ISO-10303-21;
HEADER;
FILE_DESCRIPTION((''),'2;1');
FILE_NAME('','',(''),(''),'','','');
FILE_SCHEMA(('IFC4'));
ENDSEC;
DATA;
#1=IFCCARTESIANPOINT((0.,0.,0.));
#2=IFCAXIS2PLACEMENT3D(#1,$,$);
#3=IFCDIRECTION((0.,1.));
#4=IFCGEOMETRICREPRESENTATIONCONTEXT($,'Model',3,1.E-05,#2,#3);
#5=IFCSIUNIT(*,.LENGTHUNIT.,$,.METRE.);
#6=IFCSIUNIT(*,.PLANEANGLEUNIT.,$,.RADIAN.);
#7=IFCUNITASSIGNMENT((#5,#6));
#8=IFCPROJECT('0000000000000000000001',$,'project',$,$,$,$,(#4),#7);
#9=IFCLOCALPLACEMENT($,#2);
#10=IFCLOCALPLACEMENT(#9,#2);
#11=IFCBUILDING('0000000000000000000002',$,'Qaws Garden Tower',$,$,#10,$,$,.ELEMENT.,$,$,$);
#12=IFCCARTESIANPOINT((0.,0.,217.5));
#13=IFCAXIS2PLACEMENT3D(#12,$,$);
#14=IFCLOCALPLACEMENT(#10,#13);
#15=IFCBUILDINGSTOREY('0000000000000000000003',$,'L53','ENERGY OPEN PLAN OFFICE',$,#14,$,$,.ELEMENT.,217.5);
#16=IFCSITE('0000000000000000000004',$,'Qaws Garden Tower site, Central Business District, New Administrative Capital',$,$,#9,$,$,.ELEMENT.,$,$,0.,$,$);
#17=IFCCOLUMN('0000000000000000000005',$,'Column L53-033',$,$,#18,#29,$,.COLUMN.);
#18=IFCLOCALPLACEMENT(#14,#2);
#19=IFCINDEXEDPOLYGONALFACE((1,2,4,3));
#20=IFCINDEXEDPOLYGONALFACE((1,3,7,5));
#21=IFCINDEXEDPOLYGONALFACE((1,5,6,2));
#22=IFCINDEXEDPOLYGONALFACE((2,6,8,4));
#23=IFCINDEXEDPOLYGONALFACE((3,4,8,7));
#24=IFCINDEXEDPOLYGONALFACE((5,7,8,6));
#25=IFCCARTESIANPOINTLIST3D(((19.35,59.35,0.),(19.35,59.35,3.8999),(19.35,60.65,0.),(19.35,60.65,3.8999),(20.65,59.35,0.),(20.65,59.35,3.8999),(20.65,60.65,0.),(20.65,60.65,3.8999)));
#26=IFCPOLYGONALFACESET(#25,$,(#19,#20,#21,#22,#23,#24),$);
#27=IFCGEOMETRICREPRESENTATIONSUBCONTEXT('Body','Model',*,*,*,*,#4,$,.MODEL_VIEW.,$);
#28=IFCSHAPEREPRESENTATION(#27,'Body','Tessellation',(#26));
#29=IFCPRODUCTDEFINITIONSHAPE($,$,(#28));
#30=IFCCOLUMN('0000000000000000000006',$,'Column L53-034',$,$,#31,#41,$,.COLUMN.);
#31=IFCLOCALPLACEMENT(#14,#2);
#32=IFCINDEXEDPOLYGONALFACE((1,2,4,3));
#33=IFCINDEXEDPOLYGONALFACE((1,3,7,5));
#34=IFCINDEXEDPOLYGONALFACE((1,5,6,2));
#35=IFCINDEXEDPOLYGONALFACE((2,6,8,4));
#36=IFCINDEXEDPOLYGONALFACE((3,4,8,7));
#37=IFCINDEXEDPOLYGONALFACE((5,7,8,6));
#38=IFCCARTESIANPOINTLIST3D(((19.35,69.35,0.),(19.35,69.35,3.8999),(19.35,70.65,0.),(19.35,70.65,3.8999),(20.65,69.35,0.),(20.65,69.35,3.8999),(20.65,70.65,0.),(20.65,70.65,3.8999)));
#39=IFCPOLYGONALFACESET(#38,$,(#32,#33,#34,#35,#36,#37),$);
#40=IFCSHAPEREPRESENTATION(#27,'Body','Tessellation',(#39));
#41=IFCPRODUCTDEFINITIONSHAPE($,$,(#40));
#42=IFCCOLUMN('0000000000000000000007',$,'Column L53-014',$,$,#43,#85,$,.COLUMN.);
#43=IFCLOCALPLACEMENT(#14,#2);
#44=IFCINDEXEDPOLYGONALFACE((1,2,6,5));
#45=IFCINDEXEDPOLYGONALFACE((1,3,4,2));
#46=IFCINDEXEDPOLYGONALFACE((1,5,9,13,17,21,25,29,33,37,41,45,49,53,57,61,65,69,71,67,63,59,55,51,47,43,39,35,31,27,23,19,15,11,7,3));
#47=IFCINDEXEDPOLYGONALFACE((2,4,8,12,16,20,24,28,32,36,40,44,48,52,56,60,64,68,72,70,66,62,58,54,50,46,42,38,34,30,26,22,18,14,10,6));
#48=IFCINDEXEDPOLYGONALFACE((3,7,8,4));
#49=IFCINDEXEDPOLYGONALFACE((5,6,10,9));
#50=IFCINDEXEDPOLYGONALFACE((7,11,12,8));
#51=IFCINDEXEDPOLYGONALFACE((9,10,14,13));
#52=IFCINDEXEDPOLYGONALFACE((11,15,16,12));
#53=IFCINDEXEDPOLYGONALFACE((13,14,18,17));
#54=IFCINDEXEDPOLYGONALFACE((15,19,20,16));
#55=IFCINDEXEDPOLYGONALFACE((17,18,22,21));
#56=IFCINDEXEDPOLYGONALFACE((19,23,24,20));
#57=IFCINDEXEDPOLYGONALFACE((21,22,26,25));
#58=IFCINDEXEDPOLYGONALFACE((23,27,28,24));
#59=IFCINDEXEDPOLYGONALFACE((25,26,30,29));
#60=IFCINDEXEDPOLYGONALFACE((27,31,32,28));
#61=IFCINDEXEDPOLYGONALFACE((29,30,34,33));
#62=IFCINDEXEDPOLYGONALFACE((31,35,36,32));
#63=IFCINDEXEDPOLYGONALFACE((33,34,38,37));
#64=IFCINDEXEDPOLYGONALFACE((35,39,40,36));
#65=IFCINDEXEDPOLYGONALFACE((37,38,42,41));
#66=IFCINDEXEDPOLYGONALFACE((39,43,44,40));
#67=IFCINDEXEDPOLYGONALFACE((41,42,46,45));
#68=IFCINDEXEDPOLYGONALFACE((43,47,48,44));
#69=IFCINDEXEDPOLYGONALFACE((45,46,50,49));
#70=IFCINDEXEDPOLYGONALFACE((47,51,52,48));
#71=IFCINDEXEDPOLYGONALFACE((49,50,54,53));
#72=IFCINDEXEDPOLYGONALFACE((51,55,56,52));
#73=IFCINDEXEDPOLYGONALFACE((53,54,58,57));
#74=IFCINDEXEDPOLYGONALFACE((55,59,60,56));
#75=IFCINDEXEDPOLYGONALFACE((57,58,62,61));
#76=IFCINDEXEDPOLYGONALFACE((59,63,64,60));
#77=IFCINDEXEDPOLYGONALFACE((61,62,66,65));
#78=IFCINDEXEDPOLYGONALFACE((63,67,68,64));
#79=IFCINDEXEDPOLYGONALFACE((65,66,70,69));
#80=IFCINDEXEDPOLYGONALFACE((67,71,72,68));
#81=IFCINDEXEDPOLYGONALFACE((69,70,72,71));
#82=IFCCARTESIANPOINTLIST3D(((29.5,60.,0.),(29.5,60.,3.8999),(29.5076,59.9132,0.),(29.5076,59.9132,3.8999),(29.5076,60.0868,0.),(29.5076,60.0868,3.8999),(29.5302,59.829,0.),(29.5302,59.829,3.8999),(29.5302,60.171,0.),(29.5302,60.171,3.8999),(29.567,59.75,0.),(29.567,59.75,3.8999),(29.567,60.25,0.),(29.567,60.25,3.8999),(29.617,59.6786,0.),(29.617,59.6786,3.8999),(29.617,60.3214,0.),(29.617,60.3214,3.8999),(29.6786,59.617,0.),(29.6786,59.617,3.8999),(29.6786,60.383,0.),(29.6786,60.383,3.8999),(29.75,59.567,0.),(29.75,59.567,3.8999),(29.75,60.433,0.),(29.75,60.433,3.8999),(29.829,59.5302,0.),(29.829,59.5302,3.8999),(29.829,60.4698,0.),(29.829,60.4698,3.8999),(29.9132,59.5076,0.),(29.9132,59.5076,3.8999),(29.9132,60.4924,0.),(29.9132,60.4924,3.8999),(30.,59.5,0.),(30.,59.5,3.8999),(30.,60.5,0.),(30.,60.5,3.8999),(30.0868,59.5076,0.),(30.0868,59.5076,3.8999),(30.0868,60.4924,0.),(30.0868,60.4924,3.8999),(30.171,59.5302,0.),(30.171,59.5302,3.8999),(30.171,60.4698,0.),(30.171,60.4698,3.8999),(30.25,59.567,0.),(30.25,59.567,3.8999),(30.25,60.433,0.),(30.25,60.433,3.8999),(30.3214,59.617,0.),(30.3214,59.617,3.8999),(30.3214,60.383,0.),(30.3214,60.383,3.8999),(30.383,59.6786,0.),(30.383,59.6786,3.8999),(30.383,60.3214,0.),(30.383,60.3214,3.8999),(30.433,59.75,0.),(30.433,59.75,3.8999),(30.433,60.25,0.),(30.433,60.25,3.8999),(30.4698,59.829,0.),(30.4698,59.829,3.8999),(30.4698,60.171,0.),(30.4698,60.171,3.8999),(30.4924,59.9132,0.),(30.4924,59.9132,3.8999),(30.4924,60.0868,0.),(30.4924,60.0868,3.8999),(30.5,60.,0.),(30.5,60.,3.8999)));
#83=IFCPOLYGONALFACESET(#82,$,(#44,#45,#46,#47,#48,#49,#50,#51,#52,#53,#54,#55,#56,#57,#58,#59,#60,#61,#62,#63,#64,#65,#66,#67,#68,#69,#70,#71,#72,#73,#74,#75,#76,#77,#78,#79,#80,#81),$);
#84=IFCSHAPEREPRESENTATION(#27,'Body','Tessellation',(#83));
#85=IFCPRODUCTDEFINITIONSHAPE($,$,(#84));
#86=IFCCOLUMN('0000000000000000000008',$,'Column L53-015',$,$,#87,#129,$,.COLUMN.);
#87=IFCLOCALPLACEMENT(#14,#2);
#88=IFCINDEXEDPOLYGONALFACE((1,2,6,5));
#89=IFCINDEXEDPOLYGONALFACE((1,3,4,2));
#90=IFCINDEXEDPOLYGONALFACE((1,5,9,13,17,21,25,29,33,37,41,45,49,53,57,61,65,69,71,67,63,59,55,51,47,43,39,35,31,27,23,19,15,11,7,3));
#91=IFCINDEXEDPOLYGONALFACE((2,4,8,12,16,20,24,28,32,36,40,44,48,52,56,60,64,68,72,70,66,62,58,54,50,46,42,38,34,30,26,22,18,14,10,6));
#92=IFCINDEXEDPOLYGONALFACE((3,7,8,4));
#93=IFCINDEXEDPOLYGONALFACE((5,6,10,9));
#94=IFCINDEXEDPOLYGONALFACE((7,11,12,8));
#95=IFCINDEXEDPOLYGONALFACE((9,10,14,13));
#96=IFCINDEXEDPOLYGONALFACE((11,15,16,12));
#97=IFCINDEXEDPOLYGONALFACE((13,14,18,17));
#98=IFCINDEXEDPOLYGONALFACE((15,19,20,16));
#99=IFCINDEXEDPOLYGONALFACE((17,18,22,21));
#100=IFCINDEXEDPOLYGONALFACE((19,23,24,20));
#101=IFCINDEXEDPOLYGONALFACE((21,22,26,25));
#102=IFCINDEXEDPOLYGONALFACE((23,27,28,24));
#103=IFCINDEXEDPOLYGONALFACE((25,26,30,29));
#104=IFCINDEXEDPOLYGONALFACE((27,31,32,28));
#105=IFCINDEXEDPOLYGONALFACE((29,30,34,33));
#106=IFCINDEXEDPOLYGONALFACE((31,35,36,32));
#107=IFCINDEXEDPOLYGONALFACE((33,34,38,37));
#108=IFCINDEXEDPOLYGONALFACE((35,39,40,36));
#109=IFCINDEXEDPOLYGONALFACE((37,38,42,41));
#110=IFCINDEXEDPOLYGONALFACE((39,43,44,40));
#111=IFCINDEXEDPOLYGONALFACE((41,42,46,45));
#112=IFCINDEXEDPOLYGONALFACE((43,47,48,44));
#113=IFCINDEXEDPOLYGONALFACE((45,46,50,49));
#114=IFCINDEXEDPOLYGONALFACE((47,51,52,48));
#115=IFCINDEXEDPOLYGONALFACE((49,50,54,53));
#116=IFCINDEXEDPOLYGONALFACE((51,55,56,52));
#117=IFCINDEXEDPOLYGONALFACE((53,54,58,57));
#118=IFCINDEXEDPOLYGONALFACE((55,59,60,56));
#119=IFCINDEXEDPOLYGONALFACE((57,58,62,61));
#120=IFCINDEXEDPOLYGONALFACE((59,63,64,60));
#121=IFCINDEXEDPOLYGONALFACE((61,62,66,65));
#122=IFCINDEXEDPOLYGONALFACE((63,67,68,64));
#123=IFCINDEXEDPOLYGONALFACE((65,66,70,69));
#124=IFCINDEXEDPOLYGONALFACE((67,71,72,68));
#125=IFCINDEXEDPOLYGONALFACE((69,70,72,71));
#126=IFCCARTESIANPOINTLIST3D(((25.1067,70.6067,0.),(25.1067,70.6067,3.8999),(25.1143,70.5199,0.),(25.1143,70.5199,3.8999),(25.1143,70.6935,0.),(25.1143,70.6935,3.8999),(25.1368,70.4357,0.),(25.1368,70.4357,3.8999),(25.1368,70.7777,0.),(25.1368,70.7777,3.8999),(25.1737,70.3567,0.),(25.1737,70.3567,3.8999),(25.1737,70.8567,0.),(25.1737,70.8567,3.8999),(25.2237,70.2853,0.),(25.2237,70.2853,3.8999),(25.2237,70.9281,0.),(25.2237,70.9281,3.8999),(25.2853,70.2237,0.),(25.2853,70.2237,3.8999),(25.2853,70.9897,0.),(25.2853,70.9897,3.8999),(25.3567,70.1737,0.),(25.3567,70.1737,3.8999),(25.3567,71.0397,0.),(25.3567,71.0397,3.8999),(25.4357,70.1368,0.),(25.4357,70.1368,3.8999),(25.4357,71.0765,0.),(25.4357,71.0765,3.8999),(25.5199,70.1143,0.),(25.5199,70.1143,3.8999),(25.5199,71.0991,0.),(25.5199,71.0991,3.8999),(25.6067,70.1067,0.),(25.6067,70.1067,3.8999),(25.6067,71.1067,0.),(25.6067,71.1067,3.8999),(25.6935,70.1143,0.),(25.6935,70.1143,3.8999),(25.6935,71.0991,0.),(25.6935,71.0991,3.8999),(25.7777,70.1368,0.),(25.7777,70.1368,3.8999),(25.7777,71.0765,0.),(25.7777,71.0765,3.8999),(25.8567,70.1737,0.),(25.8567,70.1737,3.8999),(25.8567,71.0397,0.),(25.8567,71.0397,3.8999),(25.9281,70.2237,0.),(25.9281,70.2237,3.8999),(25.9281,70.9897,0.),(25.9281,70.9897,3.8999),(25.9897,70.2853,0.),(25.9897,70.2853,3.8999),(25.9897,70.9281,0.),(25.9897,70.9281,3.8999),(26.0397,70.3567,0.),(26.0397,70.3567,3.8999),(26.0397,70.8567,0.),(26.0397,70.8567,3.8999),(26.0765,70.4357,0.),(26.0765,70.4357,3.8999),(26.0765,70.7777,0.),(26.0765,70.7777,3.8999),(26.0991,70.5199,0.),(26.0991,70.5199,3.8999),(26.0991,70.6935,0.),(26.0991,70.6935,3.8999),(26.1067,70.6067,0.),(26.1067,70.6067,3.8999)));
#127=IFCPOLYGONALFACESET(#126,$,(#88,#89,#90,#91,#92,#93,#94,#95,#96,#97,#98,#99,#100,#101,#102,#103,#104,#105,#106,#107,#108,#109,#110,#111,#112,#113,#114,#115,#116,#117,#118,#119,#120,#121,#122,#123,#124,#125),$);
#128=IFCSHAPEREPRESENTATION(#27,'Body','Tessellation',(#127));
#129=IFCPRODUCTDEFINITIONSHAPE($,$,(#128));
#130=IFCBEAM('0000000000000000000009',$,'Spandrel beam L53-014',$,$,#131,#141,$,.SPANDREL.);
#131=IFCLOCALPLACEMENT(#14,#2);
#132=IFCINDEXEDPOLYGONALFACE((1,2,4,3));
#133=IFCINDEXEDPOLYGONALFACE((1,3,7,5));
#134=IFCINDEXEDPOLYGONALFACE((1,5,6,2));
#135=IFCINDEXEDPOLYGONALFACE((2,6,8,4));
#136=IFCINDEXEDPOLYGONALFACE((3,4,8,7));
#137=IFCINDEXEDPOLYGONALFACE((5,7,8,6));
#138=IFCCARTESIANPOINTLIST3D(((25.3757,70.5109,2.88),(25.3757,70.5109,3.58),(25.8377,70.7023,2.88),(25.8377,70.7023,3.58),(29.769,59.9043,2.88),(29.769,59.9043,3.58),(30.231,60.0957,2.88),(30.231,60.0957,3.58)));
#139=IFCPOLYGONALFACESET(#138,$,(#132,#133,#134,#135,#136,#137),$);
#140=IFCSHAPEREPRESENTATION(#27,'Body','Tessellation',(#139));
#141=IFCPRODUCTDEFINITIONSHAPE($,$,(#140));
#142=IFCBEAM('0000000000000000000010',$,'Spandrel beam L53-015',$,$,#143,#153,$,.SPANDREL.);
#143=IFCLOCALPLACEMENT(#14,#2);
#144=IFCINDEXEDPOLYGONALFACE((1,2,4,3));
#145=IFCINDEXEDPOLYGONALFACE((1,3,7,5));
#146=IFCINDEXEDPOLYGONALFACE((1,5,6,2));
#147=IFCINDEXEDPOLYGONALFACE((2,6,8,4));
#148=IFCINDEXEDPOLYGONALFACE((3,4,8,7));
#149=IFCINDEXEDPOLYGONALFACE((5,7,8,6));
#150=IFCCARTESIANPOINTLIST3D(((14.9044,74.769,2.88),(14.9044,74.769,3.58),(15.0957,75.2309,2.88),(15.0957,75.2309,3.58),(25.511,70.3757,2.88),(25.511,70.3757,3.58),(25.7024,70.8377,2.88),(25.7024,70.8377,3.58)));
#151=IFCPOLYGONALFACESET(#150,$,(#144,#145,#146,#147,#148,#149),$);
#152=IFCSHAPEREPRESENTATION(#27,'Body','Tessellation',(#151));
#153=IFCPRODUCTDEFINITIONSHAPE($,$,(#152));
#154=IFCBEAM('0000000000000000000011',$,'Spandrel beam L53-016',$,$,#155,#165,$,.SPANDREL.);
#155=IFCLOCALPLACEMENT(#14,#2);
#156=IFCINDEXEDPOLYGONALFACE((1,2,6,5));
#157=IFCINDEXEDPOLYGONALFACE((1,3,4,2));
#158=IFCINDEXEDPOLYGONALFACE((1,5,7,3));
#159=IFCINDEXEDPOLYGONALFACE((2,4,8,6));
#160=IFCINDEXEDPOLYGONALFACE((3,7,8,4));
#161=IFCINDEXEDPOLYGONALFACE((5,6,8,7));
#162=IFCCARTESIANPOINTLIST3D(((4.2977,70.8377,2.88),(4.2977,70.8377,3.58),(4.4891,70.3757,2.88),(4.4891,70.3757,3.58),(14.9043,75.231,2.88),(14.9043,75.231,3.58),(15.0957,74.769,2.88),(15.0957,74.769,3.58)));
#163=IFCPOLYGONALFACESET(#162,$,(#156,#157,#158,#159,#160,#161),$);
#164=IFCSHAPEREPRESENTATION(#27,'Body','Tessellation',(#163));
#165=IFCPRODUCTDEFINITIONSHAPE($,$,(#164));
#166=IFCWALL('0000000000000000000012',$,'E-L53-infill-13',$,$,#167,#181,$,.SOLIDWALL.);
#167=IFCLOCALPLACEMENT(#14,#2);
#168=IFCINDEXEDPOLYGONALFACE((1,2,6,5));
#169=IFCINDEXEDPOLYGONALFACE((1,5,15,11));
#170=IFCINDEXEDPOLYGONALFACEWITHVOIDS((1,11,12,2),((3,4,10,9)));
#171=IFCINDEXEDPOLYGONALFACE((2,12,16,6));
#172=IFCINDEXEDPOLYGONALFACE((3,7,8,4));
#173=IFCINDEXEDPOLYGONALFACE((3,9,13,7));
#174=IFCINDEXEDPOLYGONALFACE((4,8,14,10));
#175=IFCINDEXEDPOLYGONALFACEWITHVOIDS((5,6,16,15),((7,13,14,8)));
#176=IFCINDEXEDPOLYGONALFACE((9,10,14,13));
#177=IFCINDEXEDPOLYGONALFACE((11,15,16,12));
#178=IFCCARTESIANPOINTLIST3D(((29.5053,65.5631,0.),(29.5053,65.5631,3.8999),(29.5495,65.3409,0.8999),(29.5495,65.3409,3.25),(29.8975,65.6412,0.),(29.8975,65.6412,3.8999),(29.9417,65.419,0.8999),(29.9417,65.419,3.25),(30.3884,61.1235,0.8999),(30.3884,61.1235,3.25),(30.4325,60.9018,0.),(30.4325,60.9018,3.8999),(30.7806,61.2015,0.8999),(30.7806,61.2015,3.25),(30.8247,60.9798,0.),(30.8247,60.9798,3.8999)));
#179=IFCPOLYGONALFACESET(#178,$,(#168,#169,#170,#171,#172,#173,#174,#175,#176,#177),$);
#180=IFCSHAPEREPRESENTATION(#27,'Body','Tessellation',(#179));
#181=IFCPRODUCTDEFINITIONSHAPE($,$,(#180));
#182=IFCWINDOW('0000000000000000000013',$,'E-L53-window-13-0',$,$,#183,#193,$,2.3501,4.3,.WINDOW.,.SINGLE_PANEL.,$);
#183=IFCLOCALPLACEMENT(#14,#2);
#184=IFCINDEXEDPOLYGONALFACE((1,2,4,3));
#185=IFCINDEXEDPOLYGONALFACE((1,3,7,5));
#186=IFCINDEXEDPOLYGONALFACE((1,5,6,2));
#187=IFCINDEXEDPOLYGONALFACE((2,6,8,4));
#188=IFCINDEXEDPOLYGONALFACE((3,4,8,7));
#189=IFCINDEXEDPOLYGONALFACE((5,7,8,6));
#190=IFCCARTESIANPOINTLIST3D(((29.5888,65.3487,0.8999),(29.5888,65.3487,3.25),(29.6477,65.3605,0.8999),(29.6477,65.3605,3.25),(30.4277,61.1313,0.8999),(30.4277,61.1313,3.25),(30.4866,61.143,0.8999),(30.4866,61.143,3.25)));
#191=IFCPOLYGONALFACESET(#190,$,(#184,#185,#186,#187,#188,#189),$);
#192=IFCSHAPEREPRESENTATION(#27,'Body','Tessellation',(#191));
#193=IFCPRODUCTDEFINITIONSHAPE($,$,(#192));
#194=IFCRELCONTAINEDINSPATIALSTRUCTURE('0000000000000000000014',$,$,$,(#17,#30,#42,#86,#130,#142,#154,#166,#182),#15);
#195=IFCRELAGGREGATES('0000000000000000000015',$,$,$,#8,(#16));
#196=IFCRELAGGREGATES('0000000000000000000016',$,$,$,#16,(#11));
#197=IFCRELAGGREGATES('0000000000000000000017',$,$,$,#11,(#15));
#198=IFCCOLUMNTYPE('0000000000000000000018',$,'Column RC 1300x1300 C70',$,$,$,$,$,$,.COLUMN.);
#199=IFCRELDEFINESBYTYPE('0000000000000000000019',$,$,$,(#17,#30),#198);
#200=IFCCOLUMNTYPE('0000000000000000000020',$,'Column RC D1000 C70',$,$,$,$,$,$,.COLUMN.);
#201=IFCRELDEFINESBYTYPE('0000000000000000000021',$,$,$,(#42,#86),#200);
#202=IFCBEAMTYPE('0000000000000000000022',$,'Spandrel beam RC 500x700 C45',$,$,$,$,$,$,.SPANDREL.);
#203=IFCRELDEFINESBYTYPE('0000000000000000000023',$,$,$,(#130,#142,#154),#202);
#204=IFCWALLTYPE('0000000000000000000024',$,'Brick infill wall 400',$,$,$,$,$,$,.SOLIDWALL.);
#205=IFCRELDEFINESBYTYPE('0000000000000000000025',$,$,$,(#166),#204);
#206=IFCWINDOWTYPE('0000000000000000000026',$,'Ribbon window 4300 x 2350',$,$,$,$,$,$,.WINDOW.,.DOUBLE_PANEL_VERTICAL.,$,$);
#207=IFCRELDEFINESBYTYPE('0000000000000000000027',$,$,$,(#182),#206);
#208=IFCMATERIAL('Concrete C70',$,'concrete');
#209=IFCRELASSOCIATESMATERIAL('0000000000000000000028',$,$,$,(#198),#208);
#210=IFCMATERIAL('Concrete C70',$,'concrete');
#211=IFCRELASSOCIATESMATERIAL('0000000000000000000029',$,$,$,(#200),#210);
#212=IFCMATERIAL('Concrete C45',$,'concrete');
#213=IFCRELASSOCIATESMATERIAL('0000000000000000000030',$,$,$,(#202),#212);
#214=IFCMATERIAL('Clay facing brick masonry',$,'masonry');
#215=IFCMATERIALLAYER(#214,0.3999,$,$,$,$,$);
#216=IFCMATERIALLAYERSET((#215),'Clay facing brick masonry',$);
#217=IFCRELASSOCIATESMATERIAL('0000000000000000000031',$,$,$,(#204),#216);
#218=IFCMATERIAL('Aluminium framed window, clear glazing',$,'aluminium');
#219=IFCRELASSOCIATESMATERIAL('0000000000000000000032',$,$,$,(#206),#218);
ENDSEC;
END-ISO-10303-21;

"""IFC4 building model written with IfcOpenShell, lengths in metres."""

from ifc_helpers import new_model, si_unit, direction, frame, frame_2d, origin, origin_2d, place, context, subcontext, project, spatial, rectangle, circle, extrude, material, layer, layer_set, material_profile, profile_set, type_object, element, fill, save


model = new_model("IFC4")

# Units and contexts
model_context = context("Model", 3, precision=1e-05, world=origin(), true_north=direction((0.0, 1.0)))
body_context = subcontext(model_context, "Body", "Model", "MODEL_VIEW")
ifc_project = project(units=[si_unit("LENGTHUNIT", "METRE"), si_unit("PLANEANGLEUNIT", "RADIAN")], contexts=[model_context])

# Site, building, storey
site_placement = place(None, origin())
site = spatial("IfcSite", under=ifc_project, at=site_placement, Name="Qaws Garden Tower site, Central Business District, New Administrative Capital", CompositionType="ELEMENT", RefElevation=0.0)
building_placement = place(site_placement, origin())
building = spatial("IfcBuilding", under=site, at=building_placement, Name="Qaws Garden Tower", CompositionType="ELEMENT")
storey_placement = place(building_placement, frame((0.0, 0.0, 217.5)))
storey = spatial("IfcBuildingStorey", under=building, at=storey_placement, Name="L53", Description="ENERGY OPEN PLAN OFFICE", CompositionType="ELEMENT", Elevation=217.5)

# Columns
ifc_material_1 = material(Name="Concrete C70", Category="concrete")
ifc_material_profile_1 = material_profile(ifc_material_1, rectangle(XDim=1.3, YDim=1.3, at=origin_2d()), Name="RC 1300x1300")
ifc_profile_set_1 = profile_set([ifc_material_profile_1], Name="Concrete C70")
column_type_1 = type_object("IfcColumnType", Name="Column RC 1300x1300 C70", PredefinedType="COLUMN", material=ifc_profile_set_1)
for number, where, z_axis, x_axis, name in (
    (1, (20.0, 60.0, 0.0), (0.0, 0.0, 1.0), (1.0, 0.0, 0.0), "Column L53-033"),
    (2, (20.0, 70.0, 0.0), (0.0, 0.0, 1.0), (1.0, 0.0, 0.0), "Column L53-034"),
):
    element("IfcColumn", number, at=place(storey_placement, frame(where, z_axis=z_axis, x_axis=x_axis)), inside=storey, type_object=column_type_1, Name=name, PredefinedType="COLUMN", context=body_context, shape_type="SweptSolid", body=[
        extrude(rectangle(XDim=1.3, YDim=1.3, at=origin_2d()), origin(), (0.0, 0.0, 1.0), 3.8999),
    ])
ifc_material_2 = material(Name="Concrete C70", Category="concrete")
ifc_material_profile_2 = material_profile(ifc_material_2, circle(Radius=0.5, at=origin_2d()), Name="RC D1000")
ifc_profile_set_2 = profile_set([ifc_material_profile_2], Name="Concrete C70")
column_type_2 = type_object("IfcColumnType", Name="Column RC D1000 C70", PredefinedType="COLUMN", material=ifc_profile_set_2)
for number, where, z_axis, x_axis, name in (
    (3, (30.0, 60.0, 0.0), (0.0, 0.0, 1.0), (1.0, 0.0, 0.0), "Column L53-014"),
    (4, (25.6067, 70.6067, 0.0), (0.0, 0.0, 1.0), (1.0, 0.0, 0.0), "Column L53-015"),
):
    element("IfcColumn", number, at=place(storey_placement, frame(where, z_axis=z_axis, x_axis=x_axis)), inside=storey, type_object=column_type_2, Name=name, PredefinedType="COLUMN", context=body_context, shape_type="SweptSolid", body=[
        extrude(circle(Radius=0.5, at=origin_2d()), origin(), (0.0, 0.0, 1.0), 3.8999),
    ])

# Beams
ifc_material_3 = material(Name="Concrete C45", Category="concrete")
ifc_material_profile_3 = material_profile(ifc_material_3, rectangle(XDim=0.5, YDim=0.7, at=origin_2d()), Name="RC 500x700")
ifc_profile_set_3 = profile_set([ifc_material_profile_3], Name="Concrete C45")
beam_type = type_object("IfcBeamType", Name="Spandrel beam RC 500x700 C45", PredefinedType="SPANDREL", material=ifc_profile_set_3)
for number, where, z_axis, x_axis, name in (
    (5, (30.0, 60.0, 3.23), (-0.382674, 0.923883, 0.0), (-0.923883, -0.382674, 0.0), "Spandrel beam L53-014"),
    (6, (25.6067, 70.6067, 3.23), (-0.923883, 0.382674, 0.0), (-0.382674, -0.923883, 0.0), "Spandrel beam L53-015"),
    (7, (15.0, 75.0, 3.23), (-0.923883, -0.382674, 0.0), (0.382674, -0.923883, 0.0), "Spandrel beam L53-016"),
):
    element("IfcBeam", number, at=place(storey_placement, frame(where, z_axis=z_axis, x_axis=x_axis)), inside=storey, type_object=beam_type, Name=name, PredefinedType="SPANDREL", context=body_context, shape_type="SweptSolid", body=[
        extrude(rectangle(XDim=0.5, YDim=0.7, at=origin_2d()), origin(), (0.0, 0.0, 1.0), 11.4805),
    ])

# Wall, opening, window
ifc_material_4 = material(Name="Clay facing brick masonry", Category="masonry")
ifc_layer_1 = layer(ifc_material_4, 0.3999)
ifc_layer_set_1 = layer_set([ifc_layer_1], Name="Clay facing brick masonry")
wall_type_1 = type_object("IfcWallType", Name="Brick infill wall 400", PredefinedType="SOLIDWALL", material=ifc_layer_set_1)
wall_1_placement = place(storey_placement, frame((30.6287, 60.9407, 0.0), z_axis=(0.0, 0.0, 1.0), x_axis=(-0.195099, 0.980784, 0.0)))
wall_1 = element("IfcWall", 8, at=wall_1_placement, inside=storey, type_object=wall_type_1, Name="E-L53-infill-13", PredefinedType="SOLIDWALL", context=body_context, shape_type="SweptSolid", body=[
    extrude(rectangle(XDim=4.7527, YDim=0.3999, at=frame_2d((2.3765, 0.0))), origin(), (0.0, 0.0, 1.0), 3.8999),
])
opening_1_placement = place(wall_1_placement, frame((0.2263, 0.0, 0.8999)))
opening_1 = element("IfcOpeningElement", 9, at=opening_1_placement, cuts=wall_1, PredefinedType="OPENING", context=body_context, shape_type="SweptSolid", body=[
    extrude(rectangle(XDim=4.3, YDim=2.3501, at=frame_2d((2.1499, 1.175))), frame((0.0, 0.21, 0.0), z_axis=(0.0, -1.0, 0.0), x_axis=(1.0, 0.0, 0.0)), (0.0, 0.0, 1.0), 0.4199),
])
ifc_material_5 = material(Name="Aluminium framed window, clear glazing", Category="aluminium")
window_type = type_object("IfcWindowType", Name="Ribbon window 4300 x 2350", PartitioningType="DOUBLE_PANEL_VERTICAL", PredefinedType="WINDOW", material=ifc_material_5)
window_1_placement = place(opening_1_placement, origin())
window_1 = element("IfcWindow", 10, at=window_1_placement, inside=storey, type_object=window_type, Name="E-L53-window-13-0", OverallHeight=2.3501, OverallWidth=4.3, PartitioningType="SINGLE_PANEL", PredefinedType="WINDOW", context=body_context, shape_type="SweptSolid", body=[
    extrude(rectangle(XDim=4.3, YDim=2.3501, at=frame_2d((2.1499, 1.175))), frame((0.0, 0.1599, 0.0), z_axis=(0.0, -1.0, 0.0), x_axis=(1.0, 0.0, 0.0)), (0.0, 0.0, 1.0), 0.0601),
])
fill(opening_1, window_1)

save(model, "model.ifc")
